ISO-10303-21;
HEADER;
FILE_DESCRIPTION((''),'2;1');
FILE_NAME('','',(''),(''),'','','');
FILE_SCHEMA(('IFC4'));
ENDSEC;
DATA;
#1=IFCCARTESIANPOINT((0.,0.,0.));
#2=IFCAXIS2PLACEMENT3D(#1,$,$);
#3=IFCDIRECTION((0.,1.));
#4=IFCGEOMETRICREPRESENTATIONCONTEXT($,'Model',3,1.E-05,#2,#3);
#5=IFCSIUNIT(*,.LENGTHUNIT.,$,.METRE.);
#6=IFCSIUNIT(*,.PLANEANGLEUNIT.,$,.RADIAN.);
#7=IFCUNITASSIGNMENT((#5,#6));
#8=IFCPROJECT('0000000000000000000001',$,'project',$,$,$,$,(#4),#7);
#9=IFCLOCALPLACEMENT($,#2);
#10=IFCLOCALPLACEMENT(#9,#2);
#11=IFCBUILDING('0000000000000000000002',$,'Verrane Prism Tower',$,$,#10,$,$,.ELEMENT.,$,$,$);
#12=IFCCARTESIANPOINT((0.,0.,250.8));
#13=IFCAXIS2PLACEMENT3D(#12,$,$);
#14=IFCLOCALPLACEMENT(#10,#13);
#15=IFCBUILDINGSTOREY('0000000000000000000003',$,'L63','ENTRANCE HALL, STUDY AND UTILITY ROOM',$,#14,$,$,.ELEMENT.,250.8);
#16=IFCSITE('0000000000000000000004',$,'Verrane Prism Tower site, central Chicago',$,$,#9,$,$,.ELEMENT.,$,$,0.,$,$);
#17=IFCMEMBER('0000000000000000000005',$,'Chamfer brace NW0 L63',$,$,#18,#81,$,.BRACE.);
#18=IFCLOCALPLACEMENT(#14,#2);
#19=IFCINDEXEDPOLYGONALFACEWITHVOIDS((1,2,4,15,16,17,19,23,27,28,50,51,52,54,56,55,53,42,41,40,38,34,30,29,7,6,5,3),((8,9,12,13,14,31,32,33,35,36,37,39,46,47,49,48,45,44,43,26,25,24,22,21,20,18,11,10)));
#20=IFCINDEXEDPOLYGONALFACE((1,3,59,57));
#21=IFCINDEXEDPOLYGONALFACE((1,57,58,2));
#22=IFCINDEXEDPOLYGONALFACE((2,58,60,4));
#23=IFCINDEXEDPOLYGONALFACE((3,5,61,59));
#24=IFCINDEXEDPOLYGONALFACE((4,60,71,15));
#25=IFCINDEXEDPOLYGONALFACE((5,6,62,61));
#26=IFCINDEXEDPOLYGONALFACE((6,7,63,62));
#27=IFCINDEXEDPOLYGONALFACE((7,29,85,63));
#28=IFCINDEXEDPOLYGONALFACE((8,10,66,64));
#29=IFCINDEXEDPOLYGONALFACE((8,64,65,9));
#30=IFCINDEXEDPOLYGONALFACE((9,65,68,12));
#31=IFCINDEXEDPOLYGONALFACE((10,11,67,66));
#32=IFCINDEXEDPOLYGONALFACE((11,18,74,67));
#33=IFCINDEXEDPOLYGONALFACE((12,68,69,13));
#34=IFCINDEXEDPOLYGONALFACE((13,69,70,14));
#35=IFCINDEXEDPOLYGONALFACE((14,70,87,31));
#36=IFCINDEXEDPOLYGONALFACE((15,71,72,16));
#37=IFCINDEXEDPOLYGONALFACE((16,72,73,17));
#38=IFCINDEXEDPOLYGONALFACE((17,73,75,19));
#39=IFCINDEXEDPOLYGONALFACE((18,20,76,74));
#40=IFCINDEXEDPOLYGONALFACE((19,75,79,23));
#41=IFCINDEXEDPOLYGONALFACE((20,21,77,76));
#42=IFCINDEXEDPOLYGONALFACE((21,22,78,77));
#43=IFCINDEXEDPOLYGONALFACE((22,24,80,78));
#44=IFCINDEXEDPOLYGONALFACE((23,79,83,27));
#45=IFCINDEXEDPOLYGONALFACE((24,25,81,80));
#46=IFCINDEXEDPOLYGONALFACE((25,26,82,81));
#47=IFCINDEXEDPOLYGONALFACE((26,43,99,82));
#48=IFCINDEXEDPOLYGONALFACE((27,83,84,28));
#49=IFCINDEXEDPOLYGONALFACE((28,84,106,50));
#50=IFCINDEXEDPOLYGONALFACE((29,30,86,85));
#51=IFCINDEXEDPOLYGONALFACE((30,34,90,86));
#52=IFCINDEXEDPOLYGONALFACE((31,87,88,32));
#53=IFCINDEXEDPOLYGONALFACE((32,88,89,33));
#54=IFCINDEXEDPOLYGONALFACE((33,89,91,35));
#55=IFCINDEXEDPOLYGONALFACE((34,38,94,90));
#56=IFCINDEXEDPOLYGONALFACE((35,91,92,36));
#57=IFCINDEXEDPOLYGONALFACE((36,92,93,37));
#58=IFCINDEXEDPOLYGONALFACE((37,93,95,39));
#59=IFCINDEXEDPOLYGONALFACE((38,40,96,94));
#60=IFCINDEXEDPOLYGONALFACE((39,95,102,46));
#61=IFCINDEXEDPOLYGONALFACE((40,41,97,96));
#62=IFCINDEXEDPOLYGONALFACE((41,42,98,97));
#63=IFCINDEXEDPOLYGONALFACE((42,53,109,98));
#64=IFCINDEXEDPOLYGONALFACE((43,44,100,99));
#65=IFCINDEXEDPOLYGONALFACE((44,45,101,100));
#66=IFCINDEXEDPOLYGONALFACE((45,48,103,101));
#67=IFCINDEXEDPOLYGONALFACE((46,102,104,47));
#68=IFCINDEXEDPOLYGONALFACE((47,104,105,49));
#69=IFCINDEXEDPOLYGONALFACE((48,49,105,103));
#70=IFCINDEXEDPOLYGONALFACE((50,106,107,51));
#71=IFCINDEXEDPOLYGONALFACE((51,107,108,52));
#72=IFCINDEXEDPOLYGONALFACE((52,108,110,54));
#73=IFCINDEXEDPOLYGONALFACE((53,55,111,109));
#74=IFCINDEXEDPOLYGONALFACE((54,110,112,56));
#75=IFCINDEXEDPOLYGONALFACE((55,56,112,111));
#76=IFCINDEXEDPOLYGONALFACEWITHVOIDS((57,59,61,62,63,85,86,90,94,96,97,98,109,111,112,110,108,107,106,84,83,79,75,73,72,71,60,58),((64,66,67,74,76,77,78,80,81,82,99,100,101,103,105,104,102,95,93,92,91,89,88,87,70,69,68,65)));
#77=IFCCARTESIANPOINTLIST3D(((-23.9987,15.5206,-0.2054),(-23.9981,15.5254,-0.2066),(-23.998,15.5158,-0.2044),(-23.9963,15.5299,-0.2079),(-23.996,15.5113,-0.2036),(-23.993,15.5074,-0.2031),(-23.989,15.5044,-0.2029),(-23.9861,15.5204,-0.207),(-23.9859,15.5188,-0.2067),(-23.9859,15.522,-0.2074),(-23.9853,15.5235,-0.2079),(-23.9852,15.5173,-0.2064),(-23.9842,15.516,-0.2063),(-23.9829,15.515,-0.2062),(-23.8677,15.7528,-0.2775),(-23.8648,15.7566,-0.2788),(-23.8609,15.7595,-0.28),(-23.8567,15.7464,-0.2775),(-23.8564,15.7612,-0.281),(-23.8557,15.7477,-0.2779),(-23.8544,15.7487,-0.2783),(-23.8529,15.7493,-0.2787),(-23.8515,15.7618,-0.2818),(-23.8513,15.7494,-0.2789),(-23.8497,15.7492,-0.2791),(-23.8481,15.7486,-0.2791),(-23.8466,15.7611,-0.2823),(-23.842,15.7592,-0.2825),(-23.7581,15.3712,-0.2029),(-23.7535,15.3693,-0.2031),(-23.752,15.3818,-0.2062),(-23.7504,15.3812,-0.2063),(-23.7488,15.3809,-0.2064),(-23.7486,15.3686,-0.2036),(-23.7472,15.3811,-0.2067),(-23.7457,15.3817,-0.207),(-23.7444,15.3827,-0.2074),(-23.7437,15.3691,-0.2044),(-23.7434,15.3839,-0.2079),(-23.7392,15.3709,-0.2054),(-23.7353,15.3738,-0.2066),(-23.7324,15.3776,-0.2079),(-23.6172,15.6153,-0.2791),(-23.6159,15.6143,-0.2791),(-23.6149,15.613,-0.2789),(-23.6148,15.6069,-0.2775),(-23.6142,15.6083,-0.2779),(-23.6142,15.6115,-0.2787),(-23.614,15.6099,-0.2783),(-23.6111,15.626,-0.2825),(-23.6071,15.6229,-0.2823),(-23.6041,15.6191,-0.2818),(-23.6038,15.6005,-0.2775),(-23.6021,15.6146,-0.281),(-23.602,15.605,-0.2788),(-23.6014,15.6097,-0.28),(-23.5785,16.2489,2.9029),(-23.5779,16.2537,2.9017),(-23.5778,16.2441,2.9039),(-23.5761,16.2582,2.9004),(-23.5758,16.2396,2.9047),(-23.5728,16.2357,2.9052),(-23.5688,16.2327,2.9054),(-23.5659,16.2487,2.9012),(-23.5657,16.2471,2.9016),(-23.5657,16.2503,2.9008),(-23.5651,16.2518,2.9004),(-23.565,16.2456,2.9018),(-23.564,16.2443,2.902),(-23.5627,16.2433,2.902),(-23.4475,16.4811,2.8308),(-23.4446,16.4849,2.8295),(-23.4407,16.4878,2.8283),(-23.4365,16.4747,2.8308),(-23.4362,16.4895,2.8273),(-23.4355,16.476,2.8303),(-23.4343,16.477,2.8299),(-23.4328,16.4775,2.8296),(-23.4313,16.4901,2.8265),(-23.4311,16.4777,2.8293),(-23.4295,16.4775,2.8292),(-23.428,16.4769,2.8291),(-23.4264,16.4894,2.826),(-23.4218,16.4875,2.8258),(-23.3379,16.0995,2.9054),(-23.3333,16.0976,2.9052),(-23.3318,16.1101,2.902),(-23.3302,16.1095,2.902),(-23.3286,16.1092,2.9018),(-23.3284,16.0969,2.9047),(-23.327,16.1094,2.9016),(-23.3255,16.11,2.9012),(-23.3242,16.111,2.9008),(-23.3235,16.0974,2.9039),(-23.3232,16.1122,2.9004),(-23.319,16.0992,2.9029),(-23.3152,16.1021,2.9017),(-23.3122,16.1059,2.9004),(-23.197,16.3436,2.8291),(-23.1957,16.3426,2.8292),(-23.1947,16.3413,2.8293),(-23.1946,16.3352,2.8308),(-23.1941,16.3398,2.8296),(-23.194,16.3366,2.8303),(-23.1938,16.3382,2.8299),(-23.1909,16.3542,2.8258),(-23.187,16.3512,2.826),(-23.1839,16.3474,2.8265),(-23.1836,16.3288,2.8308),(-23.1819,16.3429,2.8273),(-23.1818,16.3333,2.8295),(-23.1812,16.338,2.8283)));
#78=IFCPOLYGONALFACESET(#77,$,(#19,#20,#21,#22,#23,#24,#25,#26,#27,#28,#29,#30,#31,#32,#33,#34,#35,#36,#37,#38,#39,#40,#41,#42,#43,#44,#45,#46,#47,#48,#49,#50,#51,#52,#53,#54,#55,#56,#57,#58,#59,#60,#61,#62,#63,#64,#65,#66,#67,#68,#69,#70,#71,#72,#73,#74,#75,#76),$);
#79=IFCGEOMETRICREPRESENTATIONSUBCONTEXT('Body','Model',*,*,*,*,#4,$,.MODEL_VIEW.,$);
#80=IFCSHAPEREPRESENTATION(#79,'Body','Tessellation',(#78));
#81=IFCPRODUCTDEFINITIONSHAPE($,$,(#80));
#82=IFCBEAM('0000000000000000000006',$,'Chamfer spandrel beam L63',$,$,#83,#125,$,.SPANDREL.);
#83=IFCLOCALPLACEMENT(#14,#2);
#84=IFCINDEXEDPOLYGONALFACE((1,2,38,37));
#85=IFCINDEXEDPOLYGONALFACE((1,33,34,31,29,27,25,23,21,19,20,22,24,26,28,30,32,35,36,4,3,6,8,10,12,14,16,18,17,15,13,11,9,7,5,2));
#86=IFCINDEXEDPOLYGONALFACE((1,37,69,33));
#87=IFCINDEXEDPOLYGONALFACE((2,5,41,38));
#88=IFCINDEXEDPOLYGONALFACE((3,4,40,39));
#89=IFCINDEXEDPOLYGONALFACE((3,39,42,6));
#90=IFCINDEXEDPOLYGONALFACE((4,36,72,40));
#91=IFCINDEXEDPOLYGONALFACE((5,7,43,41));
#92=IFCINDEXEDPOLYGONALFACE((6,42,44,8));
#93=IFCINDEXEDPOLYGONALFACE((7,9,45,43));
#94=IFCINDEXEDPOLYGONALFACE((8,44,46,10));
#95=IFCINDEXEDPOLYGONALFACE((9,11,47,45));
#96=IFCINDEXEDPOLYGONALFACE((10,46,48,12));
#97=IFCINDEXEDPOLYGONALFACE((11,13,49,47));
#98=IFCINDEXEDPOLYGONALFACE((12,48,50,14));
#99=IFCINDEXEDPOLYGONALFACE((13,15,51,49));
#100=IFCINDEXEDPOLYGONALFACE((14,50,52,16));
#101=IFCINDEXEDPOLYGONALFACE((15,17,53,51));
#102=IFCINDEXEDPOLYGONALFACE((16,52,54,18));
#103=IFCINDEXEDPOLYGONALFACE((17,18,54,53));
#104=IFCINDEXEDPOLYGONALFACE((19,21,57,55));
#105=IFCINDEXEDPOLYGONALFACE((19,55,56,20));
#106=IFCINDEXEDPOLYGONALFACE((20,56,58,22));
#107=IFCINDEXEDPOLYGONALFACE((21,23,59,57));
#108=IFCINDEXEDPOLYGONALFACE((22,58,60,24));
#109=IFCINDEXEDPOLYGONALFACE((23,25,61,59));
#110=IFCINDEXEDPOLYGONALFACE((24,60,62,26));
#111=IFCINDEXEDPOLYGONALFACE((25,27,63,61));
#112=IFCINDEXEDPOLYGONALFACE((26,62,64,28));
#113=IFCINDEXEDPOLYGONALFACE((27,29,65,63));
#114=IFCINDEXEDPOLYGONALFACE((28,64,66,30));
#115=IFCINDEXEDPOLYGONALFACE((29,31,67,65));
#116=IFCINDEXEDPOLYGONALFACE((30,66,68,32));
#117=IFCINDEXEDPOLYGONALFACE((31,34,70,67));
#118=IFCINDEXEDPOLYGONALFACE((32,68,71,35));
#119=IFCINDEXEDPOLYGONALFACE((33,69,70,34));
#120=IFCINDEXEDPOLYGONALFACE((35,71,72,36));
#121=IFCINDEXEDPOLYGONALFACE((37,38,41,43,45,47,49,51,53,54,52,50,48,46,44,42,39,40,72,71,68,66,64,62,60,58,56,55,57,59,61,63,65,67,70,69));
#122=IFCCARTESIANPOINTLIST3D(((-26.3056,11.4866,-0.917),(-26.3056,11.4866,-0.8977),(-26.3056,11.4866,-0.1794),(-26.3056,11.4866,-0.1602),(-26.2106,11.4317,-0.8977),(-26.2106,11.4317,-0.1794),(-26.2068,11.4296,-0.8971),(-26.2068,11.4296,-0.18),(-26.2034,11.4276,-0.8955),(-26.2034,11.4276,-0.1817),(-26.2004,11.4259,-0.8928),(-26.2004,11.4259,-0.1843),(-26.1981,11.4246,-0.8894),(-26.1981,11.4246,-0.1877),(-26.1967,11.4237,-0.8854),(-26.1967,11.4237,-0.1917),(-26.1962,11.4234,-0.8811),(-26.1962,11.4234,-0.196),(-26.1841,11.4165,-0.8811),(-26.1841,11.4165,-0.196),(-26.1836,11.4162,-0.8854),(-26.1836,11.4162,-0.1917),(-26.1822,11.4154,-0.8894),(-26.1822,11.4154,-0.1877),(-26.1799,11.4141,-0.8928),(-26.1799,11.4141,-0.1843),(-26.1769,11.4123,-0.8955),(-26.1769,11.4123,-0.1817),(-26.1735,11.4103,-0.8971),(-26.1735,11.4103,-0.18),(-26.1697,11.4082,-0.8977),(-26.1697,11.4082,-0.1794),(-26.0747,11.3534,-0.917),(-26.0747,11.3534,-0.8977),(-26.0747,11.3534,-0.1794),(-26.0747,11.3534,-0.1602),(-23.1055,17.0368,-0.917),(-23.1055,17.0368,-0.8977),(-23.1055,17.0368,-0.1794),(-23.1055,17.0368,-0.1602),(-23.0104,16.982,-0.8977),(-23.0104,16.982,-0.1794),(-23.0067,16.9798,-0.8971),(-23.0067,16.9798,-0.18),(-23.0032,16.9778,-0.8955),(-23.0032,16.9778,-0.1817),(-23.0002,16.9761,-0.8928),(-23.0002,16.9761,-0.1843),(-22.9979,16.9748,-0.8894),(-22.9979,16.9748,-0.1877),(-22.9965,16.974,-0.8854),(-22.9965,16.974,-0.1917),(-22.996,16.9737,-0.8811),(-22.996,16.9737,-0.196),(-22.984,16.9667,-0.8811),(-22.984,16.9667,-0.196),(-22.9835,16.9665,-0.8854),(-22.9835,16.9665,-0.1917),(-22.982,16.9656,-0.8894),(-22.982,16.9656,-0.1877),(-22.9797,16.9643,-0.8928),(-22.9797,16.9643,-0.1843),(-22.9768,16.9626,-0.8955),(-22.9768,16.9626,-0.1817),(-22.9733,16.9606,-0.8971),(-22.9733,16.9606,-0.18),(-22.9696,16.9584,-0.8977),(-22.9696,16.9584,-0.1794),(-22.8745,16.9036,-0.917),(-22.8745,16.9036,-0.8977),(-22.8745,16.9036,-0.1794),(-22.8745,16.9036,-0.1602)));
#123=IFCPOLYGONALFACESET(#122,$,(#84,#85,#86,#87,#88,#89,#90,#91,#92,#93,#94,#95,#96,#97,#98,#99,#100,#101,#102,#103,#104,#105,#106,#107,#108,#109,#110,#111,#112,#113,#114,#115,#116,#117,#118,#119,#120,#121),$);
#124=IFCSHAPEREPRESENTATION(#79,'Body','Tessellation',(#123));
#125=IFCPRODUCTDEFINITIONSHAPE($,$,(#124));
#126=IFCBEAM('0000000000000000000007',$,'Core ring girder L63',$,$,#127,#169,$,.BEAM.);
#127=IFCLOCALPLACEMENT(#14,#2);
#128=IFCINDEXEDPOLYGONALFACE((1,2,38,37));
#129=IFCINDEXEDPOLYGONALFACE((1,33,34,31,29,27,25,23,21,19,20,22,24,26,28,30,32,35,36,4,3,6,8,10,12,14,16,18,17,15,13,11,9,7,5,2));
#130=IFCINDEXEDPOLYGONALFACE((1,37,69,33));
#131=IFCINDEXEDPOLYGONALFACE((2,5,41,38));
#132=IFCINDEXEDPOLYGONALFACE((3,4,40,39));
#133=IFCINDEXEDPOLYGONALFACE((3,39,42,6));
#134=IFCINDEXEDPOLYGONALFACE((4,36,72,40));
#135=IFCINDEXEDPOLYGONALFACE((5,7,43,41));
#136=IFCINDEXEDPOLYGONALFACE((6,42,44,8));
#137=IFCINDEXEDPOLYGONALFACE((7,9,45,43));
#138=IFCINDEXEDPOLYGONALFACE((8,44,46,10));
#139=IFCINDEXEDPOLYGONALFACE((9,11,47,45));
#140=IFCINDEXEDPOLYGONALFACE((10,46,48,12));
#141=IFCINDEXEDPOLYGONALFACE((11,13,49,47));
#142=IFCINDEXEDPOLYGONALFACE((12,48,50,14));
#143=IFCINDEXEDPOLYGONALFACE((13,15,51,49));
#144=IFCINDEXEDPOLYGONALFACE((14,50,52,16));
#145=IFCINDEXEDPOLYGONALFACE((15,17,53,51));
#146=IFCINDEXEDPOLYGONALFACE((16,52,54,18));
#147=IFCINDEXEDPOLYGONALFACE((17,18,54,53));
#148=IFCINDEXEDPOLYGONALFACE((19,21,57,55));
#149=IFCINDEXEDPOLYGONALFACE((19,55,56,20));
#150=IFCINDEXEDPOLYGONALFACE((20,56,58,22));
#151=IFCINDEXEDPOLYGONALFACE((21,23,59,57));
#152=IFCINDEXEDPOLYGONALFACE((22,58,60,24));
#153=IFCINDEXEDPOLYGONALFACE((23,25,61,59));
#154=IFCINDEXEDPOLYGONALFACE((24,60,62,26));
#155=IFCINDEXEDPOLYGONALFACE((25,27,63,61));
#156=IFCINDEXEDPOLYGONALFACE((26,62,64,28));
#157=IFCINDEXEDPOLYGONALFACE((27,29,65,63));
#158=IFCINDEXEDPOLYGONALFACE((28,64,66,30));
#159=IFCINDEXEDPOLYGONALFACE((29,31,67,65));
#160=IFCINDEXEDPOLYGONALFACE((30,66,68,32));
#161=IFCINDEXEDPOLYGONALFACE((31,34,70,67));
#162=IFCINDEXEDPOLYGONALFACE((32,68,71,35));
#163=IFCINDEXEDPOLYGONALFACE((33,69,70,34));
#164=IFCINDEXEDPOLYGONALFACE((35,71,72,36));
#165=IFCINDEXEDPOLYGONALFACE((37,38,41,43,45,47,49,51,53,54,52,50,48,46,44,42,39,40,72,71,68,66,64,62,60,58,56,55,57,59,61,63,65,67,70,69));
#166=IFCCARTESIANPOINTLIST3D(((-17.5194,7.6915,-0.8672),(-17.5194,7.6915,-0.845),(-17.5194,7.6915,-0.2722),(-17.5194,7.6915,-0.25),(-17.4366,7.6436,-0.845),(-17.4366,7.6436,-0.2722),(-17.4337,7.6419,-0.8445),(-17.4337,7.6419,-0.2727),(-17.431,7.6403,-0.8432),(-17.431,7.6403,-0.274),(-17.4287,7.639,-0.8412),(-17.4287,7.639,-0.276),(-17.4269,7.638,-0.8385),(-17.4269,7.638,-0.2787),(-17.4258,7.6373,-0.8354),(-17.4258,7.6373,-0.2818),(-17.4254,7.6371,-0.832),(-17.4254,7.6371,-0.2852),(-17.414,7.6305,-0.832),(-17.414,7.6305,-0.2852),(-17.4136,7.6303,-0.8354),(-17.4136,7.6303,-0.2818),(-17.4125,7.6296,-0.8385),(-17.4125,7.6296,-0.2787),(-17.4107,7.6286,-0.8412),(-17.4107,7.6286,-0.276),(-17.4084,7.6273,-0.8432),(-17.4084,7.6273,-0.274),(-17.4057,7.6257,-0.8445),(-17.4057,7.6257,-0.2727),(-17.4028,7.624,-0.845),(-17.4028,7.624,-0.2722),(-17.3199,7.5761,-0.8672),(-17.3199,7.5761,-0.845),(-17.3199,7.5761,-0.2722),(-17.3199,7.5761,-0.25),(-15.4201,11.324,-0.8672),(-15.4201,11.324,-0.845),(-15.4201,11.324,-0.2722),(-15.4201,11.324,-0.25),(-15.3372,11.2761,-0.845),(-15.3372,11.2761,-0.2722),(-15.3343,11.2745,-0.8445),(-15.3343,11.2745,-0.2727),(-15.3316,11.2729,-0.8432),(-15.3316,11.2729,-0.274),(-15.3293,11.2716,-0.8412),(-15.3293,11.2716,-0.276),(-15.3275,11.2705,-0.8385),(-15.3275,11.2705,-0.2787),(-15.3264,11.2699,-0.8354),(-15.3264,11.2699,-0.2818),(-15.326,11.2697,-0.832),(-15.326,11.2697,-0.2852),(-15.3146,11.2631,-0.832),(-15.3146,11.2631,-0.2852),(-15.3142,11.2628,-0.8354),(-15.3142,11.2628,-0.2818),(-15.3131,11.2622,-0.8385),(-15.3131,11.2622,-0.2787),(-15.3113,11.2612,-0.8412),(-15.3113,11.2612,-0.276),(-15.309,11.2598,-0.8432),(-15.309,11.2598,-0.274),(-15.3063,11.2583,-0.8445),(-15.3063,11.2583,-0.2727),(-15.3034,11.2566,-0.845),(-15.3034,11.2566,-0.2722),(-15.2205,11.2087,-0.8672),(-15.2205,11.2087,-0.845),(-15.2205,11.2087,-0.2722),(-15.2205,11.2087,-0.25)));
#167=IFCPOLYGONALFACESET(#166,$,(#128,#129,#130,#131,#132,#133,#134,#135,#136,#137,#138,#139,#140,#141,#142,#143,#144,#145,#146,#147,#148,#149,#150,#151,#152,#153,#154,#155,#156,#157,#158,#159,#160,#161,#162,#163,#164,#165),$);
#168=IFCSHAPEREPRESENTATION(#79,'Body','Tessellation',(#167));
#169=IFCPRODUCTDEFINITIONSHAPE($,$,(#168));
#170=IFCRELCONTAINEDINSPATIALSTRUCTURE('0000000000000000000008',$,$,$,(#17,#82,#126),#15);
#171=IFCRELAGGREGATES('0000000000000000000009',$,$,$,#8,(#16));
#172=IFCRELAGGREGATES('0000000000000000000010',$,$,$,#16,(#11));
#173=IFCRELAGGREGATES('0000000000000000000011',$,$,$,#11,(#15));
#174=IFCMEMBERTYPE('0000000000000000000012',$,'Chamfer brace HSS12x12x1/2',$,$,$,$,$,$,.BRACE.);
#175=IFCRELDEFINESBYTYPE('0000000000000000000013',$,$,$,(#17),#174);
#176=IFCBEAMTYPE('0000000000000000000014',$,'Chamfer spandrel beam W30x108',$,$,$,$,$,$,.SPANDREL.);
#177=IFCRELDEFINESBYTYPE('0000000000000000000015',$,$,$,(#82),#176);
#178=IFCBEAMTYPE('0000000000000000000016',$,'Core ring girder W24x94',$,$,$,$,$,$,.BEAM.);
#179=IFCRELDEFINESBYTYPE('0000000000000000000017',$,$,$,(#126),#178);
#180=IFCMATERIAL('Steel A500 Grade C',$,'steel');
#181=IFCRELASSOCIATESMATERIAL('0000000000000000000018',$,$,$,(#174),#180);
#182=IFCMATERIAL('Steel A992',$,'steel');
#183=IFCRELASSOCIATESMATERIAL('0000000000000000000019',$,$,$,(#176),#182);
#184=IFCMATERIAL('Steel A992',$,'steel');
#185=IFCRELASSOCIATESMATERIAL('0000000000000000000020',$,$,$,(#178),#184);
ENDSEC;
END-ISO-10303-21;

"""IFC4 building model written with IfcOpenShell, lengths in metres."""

from ifc_helpers import new_model, si_unit, direction, frame, origin, origin_2d, place, context, subcontext, project, spatial, hollow_rectangle, i_section, extrude, material, material_profile, profile_set, type_object, element, save


model = new_model("IFC4")

# Units and contexts
model_context = context("Model", 3, precision=1e-05, world=origin(), true_north=direction((0.0, 1.0)))
body_context = subcontext(model_context, "Body", "Model", "MODEL_VIEW")
ifc_project = project(units=[si_unit("LENGTHUNIT", "METRE"), si_unit("PLANEANGLEUNIT", "RADIAN")], contexts=[model_context])

# Site, building, storey
site_placement = place(None, origin())
site = spatial("IfcSite", under=ifc_project, at=site_placement, Name="Verrane Prism Tower site, central Chicago", CompositionType="ELEMENT", RefElevation=0.0)
building_placement = place(site_placement, origin())
building = spatial("IfcBuilding", under=site, at=building_placement, Name="Verrane Prism Tower", CompositionType="ELEMENT")
storey_placement = place(building_placement, frame((0.0, 0.0, 250.8)))
storey = spatial("IfcBuildingStorey", under=building, at=storey_placement, Name="L63", Description="ENTRANCE HALL, STUDY AND UTILITY ROOM", CompositionType="ELEMENT", Elevation=250.8)

# Member
ifc_material_1 = material(Name="Steel A500 Grade C", Category="steel")
ifc_material_profile_1 = material_profile(ifc_material_1, hollow_rectangle(XDim=0.3047, YDim=0.3047, WallThickness=0.0127, InnerFilletRadius=0.0063, OuterFilletRadius=0.019, at=origin_2d()), Name="HSS12x12x1/2")
ifc_profile_set_1 = profile_set([ifc_material_profile_1], Name="Steel A500 Grade C")
member_type_1 = type_object("IfcMemberType", Name="Chamfer brace HSS12x12x1/2", PredefinedType="BRACE", material=ifc_profile_set_1)
member_1_placement = place(storey_placement, frame((-23.8, 15.5652, -0.2427), z_axis=(0.130492, 0.226181, 0.965305), x_axis=(-0.866181, 0.499731, 0.0)))
element("IfcMember", 1, at=member_1_placement, inside=storey, type_object=member_type_1, Name="Chamfer brace NW0 L63", PredefinedType="BRACE", context=body_context, shape_type="SweptSolid", body=[
    extrude(hollow_rectangle(XDim=0.3047, YDim=0.3047, WallThickness=0.0127, InnerFilletRadius=0.0063, OuterFilletRadius=0.019, at=origin_2d()), origin(), (0.0, 0.0, 1.0), 3.22),
])

# Beams
ifc_material_2 = material(Name="Steel A992", Category="steel")
ifc_material_profile_2 = material_profile(ifc_material_2, i_section(OverallWidth=0.2666, OverallDepth=0.7568, WebThickness=0.0139, FlangeThickness=0.0193, FilletRadius=0.0166, at=origin_2d()), Name="W30x108")
ifc_profile_set_2 = profile_set([ifc_material_profile_2], Name="Steel A992")
beam_type_1 = type_object("IfcBeamType", Name="Chamfer spandrel beam W30x108", PredefinedType="SPANDREL", material=ifc_profile_set_2)
beam_1_placement = place(storey_placement, frame((-22.99, 16.9702, -0.5386), z_axis=(-0.4995, -0.866314, 0.0), x_axis=(0.866314, -0.4995, 0.0)))
element("IfcBeam", 2, at=beam_1_placement, inside=storey, type_object=beam_type_1, Name="Chamfer spandrel beam L63", PredefinedType="SPANDREL", context=body_context, shape_type="SweptSolid", body=[
    extrude(i_section(OverallWidth=0.2666, OverallDepth=0.7568, WebThickness=0.0139, FlangeThickness=0.0193, FilletRadius=0.0166, at=origin_2d()), origin(), (0.0, 0.0, 1.0), 6.4067),
])
ifc_material_3 = material(Name="Steel A992", Category="steel")
ifc_material_profile_3 = material_profile(ifc_material_3, i_section(OverallWidth=0.2305, OverallDepth=0.6172, WebThickness=0.0132, FlangeThickness=0.0222, FilletRadius=0.0129, at=origin_2d()), Name="W24x94")
ifc_profile_set_3 = profile_set([ifc_material_profile_3], Name="Steel A992")
beam_type_2 = type_object("IfcBeamType", Name="Core ring girder W24x94", PredefinedType="BEAM", material=ifc_profile_set_3)
beam_2_placement = place(storey_placement, frame((-15.3203, 11.2664, -0.5586), z_axis=(-0.500376, -0.865808, 0.0), x_axis=(0.865808, -0.500376, 0.0)))
element("IfcBeam", 3, at=beam_2_placement, inside=storey, type_object=beam_type_2, Name="Core ring girder L63", PredefinedType="BEAM", context=body_context, shape_type="SweptSolid", body=[
    extrude(i_section(OverallWidth=0.2305, OverallDepth=0.6172, WebThickness=0.0132, FlangeThickness=0.0222, FilletRadius=0.0129, at=origin_2d()), origin(), (0.0, 0.0, 1.0), 4.1956),
])

save(model, "model.ifc")
